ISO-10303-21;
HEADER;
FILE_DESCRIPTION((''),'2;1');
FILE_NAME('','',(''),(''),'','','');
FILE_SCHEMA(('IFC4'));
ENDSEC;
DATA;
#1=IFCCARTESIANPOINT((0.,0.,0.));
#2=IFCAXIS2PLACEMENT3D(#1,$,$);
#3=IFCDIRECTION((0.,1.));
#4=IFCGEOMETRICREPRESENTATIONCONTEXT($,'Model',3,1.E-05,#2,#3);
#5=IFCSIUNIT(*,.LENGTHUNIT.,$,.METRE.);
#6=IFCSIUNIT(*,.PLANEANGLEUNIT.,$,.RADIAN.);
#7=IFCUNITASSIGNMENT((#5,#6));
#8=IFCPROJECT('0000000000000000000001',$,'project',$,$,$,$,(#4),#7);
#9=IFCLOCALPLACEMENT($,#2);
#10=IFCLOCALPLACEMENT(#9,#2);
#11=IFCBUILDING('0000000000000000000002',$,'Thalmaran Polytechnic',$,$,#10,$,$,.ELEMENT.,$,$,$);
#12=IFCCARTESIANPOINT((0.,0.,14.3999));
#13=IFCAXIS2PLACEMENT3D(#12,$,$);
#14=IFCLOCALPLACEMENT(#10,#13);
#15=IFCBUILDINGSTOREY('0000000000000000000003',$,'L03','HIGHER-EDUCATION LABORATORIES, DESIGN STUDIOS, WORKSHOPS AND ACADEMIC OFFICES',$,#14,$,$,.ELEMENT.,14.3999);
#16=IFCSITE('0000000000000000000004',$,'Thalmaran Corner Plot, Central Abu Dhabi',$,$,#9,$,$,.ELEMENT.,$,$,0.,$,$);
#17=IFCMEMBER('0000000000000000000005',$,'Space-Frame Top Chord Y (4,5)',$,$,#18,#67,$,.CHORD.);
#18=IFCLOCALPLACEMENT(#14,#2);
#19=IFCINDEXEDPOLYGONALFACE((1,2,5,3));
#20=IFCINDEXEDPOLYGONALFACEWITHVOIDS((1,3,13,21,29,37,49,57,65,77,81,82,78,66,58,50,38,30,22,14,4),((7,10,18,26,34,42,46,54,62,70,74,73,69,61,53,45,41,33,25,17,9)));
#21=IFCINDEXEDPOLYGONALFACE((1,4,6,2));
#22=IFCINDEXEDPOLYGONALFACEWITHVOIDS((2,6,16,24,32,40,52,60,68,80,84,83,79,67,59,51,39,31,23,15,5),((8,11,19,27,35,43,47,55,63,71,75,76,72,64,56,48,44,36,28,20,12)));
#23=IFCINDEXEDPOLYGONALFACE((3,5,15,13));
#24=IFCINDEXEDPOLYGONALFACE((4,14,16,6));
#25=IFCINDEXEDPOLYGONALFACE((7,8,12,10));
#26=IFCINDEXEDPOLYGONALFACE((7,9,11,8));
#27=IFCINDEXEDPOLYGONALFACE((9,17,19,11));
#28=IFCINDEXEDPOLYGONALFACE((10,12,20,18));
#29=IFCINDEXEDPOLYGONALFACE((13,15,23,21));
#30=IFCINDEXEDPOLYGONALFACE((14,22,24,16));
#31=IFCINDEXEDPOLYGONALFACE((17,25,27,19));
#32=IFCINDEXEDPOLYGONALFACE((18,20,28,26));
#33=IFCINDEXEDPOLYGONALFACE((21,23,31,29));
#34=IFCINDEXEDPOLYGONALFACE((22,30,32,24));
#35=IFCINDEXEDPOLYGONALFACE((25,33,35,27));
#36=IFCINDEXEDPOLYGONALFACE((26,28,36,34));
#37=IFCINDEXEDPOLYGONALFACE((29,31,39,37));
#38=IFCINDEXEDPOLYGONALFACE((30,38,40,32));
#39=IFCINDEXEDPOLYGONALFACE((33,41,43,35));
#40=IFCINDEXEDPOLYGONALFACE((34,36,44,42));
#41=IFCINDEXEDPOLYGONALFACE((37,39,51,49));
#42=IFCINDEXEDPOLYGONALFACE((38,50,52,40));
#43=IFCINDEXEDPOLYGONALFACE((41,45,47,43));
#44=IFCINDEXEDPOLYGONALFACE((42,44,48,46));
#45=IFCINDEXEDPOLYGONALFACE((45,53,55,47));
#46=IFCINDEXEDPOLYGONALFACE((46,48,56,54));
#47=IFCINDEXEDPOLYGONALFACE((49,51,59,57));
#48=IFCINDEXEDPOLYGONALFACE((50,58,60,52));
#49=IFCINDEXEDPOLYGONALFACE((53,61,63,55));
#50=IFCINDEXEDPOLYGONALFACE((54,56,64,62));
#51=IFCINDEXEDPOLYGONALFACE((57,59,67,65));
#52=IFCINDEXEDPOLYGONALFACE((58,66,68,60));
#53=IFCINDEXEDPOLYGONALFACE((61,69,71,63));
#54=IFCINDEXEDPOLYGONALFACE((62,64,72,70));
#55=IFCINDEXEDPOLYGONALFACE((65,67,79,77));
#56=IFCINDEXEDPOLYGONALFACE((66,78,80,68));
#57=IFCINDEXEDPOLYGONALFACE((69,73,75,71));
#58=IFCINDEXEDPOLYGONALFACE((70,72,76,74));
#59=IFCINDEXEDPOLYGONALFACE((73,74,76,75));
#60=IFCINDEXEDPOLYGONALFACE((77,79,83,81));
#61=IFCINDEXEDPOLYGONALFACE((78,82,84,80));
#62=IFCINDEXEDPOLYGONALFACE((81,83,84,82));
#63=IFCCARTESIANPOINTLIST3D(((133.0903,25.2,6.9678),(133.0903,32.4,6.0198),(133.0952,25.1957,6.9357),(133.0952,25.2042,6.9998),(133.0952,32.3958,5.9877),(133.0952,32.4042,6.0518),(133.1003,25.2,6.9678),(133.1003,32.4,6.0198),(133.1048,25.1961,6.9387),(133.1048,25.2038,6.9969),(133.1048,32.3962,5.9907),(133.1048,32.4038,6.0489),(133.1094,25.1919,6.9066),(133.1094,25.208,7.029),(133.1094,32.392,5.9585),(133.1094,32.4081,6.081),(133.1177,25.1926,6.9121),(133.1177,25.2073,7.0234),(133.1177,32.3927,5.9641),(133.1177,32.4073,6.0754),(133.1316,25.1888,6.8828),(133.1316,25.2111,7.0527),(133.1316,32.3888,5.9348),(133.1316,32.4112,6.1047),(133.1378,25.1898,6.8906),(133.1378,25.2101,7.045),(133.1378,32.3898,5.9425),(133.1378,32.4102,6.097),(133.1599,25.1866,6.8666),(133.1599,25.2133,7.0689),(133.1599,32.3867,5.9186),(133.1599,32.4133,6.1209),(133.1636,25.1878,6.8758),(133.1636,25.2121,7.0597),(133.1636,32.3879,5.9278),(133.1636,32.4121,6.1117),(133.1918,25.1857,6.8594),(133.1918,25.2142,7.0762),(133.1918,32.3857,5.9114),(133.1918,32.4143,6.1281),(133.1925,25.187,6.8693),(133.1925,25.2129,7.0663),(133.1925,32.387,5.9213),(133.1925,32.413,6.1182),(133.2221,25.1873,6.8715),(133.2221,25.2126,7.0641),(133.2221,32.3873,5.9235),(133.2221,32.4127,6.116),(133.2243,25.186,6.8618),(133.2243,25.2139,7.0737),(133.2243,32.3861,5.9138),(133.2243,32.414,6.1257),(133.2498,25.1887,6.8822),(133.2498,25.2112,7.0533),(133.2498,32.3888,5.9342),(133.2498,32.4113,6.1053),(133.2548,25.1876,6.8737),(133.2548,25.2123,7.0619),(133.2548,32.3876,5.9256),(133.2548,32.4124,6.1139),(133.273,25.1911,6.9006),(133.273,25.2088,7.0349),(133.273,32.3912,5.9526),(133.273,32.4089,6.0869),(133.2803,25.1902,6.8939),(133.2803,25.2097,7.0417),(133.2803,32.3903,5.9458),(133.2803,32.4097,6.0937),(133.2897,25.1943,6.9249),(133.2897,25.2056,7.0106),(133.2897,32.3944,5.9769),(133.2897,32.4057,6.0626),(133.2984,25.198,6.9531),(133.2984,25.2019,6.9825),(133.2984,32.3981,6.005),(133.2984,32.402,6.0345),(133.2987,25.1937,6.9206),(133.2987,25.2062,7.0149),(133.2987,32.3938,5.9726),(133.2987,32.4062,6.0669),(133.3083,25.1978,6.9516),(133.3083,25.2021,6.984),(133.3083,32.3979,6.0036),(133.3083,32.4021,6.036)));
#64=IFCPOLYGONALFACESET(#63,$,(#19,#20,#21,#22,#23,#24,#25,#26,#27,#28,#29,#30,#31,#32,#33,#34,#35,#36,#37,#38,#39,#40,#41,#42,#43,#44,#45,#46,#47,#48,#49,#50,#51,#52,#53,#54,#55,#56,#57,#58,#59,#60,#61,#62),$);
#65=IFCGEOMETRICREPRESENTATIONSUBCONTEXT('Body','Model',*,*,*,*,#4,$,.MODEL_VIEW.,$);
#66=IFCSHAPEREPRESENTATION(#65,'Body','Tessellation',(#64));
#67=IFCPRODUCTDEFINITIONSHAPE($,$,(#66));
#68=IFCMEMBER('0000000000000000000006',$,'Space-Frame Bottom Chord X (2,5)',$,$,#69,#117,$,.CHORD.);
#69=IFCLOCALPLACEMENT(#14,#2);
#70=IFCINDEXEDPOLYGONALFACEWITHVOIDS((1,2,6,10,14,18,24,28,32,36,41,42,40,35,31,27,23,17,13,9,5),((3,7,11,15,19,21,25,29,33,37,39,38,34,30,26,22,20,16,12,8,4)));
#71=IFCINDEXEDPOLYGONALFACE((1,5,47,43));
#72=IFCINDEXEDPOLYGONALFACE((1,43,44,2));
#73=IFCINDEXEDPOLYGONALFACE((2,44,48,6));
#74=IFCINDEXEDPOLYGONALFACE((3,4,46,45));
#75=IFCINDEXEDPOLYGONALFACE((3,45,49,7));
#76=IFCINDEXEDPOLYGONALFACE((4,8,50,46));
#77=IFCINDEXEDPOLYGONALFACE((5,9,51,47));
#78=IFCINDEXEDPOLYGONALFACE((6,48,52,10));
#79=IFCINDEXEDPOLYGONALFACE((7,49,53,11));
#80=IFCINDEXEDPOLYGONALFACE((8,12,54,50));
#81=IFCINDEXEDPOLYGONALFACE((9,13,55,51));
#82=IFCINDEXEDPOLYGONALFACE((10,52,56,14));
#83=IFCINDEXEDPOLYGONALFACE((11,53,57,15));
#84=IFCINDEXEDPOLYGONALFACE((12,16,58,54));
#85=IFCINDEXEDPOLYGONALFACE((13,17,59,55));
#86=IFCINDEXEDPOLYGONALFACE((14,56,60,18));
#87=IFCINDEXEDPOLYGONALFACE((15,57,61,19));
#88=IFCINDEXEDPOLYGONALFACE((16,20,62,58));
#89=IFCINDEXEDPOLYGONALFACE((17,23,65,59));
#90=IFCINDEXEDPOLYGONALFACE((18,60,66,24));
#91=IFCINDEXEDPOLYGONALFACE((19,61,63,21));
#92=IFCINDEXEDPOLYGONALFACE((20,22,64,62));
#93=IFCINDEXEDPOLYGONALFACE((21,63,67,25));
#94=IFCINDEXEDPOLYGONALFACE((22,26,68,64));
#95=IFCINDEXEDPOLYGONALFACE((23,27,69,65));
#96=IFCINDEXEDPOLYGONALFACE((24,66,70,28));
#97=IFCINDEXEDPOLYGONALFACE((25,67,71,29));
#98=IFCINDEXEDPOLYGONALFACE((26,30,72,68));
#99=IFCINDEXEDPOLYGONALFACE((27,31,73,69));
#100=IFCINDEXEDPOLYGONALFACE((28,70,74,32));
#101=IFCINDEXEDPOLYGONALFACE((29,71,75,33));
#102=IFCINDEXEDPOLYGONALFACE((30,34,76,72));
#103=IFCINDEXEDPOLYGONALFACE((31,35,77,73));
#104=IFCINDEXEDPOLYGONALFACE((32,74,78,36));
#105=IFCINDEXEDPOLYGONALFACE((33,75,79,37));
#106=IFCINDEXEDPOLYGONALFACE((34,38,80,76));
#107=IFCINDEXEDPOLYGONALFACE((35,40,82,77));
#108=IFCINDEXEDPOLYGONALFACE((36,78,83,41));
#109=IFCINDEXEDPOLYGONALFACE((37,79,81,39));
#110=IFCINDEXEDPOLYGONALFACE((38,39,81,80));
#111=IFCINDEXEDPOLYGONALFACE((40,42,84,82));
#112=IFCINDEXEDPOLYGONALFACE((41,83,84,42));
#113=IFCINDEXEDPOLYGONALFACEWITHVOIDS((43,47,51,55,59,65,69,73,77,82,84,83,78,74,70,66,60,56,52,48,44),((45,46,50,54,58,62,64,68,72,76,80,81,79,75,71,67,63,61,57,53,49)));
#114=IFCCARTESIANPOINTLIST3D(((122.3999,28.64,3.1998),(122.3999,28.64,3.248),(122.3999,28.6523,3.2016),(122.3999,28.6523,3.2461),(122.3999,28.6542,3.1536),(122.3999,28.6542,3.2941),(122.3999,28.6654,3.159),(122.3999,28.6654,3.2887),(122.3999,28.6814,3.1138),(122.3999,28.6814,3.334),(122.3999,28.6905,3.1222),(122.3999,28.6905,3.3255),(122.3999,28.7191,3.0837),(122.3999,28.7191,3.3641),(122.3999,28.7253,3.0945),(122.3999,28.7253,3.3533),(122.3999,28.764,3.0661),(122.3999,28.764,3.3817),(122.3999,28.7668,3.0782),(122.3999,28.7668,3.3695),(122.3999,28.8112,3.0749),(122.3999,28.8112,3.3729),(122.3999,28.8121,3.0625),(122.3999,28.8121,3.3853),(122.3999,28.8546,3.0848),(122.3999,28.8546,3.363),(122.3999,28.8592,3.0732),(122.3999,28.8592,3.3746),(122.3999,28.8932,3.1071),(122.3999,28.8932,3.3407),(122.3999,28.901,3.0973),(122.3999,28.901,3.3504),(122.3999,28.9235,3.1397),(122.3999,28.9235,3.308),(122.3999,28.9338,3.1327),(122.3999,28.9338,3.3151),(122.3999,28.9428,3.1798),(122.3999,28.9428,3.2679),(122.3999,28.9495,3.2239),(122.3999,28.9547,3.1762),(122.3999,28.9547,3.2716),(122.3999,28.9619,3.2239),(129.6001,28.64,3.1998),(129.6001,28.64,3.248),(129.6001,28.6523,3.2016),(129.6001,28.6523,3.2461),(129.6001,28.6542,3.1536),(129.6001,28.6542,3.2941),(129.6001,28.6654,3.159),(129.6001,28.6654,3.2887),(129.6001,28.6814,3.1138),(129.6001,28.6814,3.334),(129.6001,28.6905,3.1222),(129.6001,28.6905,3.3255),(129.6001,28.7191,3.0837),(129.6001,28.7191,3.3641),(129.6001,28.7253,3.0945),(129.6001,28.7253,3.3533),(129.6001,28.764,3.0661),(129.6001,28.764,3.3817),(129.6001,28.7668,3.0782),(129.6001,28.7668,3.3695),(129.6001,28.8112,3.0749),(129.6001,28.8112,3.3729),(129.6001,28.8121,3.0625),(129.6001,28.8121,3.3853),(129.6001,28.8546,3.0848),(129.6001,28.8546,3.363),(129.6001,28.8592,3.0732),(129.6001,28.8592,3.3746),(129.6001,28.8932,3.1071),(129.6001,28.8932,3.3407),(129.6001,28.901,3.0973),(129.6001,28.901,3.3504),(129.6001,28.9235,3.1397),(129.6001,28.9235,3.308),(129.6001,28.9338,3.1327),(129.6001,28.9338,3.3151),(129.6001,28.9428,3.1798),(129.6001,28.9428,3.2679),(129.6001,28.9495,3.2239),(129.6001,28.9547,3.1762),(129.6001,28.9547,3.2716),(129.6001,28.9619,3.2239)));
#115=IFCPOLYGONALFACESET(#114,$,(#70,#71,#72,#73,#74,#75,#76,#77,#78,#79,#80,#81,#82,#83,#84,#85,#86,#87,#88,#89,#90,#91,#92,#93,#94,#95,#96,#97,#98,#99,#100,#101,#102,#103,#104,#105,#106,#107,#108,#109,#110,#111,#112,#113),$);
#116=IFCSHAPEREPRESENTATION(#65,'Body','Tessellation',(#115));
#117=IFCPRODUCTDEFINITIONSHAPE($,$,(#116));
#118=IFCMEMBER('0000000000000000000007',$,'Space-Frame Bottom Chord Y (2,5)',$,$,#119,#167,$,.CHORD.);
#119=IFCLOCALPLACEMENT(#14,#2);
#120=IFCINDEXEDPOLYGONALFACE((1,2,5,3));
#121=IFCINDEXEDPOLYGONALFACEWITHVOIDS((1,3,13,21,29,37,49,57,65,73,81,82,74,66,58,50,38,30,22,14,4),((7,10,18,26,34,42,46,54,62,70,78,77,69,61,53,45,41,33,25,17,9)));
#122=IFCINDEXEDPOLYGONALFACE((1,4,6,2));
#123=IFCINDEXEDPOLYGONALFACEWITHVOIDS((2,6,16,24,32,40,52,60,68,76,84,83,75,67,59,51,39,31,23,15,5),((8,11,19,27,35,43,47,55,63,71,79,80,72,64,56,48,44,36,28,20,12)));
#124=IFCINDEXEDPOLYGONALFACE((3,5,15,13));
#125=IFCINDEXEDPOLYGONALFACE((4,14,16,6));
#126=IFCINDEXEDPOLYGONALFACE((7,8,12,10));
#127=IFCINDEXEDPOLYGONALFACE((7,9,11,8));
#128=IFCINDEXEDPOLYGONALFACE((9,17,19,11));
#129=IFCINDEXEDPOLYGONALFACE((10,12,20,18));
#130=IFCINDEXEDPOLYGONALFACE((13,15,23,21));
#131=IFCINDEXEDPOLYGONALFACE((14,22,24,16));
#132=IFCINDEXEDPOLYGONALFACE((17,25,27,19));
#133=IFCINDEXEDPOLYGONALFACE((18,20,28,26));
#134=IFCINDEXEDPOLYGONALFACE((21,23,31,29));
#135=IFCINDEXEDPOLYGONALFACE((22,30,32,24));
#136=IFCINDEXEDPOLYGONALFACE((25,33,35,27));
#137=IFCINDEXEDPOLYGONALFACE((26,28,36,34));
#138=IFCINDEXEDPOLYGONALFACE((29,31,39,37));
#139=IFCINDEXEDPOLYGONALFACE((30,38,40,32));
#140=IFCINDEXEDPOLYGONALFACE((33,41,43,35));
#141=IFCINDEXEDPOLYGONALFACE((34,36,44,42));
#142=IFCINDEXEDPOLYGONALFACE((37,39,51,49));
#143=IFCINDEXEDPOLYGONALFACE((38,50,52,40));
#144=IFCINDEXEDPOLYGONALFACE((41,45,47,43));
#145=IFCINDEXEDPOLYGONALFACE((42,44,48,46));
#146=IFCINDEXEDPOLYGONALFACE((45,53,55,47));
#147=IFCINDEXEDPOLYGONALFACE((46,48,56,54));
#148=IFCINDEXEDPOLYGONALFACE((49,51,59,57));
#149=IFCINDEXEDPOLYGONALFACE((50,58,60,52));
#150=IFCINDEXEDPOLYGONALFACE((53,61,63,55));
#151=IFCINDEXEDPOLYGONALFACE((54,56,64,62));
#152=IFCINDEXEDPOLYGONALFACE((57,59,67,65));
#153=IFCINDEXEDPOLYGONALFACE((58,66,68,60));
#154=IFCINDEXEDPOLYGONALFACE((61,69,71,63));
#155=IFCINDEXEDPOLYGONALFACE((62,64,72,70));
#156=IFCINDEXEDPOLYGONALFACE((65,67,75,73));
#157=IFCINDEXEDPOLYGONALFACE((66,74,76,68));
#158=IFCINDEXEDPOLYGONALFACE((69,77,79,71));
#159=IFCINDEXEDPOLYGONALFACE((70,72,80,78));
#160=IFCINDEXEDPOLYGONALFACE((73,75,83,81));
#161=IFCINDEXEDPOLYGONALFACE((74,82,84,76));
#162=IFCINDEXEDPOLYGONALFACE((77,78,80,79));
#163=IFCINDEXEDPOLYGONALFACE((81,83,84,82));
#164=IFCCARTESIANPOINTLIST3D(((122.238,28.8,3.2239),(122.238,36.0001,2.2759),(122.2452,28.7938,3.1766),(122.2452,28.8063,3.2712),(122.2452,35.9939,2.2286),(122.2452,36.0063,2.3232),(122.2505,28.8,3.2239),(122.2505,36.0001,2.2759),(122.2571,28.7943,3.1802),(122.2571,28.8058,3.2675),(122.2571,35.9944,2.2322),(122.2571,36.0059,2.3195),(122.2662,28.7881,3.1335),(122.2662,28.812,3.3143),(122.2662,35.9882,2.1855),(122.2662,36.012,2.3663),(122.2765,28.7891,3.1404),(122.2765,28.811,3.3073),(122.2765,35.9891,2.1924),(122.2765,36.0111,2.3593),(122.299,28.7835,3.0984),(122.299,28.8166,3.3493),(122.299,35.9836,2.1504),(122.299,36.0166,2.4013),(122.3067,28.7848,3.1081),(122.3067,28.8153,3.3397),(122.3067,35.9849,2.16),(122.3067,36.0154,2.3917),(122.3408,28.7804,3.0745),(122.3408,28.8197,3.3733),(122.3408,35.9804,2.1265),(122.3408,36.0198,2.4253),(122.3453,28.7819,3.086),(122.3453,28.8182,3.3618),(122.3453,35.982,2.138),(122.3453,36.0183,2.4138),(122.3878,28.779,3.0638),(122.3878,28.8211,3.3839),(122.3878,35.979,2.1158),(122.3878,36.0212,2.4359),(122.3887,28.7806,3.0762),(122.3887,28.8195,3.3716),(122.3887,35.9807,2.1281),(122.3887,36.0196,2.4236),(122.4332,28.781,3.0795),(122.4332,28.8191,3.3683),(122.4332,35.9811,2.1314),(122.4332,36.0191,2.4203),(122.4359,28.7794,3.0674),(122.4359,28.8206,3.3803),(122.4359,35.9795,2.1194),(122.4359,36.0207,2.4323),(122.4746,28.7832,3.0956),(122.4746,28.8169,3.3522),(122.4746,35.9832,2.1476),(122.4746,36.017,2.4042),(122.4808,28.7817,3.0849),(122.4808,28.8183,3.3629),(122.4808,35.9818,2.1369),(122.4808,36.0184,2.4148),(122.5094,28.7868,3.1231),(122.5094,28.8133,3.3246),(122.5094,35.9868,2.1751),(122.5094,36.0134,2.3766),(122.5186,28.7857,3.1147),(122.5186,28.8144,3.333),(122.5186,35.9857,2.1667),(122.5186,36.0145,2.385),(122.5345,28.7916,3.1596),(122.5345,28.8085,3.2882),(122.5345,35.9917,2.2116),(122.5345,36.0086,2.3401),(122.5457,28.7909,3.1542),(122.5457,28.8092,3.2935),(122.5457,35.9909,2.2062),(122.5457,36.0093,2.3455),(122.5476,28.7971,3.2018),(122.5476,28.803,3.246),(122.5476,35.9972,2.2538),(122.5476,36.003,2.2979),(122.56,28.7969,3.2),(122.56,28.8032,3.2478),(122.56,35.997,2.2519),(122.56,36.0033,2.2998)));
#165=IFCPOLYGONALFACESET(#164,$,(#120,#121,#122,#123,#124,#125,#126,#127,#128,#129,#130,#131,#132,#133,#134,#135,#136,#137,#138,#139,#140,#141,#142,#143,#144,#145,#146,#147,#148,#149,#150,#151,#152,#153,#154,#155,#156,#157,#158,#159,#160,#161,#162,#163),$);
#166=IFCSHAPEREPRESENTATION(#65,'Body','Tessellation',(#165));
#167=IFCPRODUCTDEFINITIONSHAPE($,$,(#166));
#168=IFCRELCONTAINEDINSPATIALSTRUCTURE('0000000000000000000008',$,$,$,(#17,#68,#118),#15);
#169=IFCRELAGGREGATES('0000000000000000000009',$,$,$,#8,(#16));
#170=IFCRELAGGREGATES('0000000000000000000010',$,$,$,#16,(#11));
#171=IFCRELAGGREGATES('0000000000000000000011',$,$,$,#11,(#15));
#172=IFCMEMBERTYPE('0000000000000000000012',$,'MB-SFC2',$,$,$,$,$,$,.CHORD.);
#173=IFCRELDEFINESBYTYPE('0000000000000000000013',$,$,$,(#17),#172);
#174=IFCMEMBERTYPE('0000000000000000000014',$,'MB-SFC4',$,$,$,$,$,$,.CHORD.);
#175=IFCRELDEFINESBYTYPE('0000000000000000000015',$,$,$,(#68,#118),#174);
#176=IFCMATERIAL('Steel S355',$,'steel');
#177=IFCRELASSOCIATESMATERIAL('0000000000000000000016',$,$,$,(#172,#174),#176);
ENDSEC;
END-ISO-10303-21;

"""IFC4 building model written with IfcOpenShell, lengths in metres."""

from ifc_helpers import new_model, si_unit, direction, frame, origin, origin_2d, place, context, subcontext, project, spatial, hollow_circle, extrude, material, material_profile, profile_set, type_object, element, save


model = new_model("IFC4")

# Units and contexts
model_context = context("Model", 3, precision=1e-05, world=origin(), true_north=direction((0.0, 1.0)))
body_context = subcontext(model_context, "Body", "Model", "MODEL_VIEW")
ifc_project = project(units=[si_unit("LENGTHUNIT", "METRE"), si_unit("PLANEANGLEUNIT", "RADIAN")], contexts=[model_context])

# Site, building, storey
site_placement = place(None, origin())
site = spatial("IfcSite", under=ifc_project, at=site_placement, Name="Thalmaran Corner Plot, Central Abu Dhabi", CompositionType="ELEMENT", RefElevation=0.0)
building_placement = place(site_placement, origin())
building = spatial("IfcBuilding", under=site, at=building_placement, Name="Thalmaran Polytechnic", CompositionType="ELEMENT")
storey_placement = place(building_placement, frame((0.0, 0.0, 14.3999)))
storey = spatial("IfcBuildingStorey", under=building, at=storey_placement, Name="L03", Description="HIGHER-EDUCATION LABORATORIES, DESIGN STUDIOS, WORKSHOPS AND ACADEMIC OFFICES", CompositionType="ELEMENT", Elevation=14.3999)

# Members
ifc_material = material(Name="Steel S355", Category="steel")
ifc_material_profile_1 = material_profile(ifc_material, hollow_circle(Radius=0.1096, WallThickness=0.01, at=origin_2d()), Name="CHS 219.1x10.0")
ifc_profile_set_1 = profile_set([ifc_material_profile_1], Name="Steel S355")
member_type_1 = type_object("IfcMemberType", Name="MB-SFC2", PredefinedType="CHORD", material=ifc_profile_set_1)
for number, where, z_axis, x_axis, name in (
    (1, (133.2, 25.2, 6.9678), (0.0, 0.991443, -0.130541), (-1.0, 0.0, 0.0), "Space-Frame Top Chord Y (4,5)"),
):
    element("IfcMember", number, at=place(storey_placement, frame(where, z_axis=z_axis, x_axis=x_axis)), inside=storey, type_object=member_type_1, Name=name, PredefinedType="CHORD", context=body_context, shape_type="SweptSolid", body=[
        extrude(hollow_circle(Radius=0.1096, WallThickness=0.01, at=origin_2d()), origin(), (0.0, 0.0, 1.0), 7.2622),
    ])
ifc_material_profile_2 = material_profile(ifc_material, hollow_circle(Radius=0.1619, WallThickness=0.0125, at=origin_2d()), Name="CHS 323.9x12.5")
ifc_profile_set_2 = profile_set([ifc_material_profile_2], Name="Steel S355")
member_type_2 = type_object("IfcMemberType", Name="MB-SFC4", PredefinedType="CHORD", material=ifc_profile_set_2)
member_1_placement = place(storey_placement, frame((122.3999, 28.8, 3.2239), z_axis=(1.0, 0.0, 0.0), x_axis=(0.0, 1.0, 0.0)))
element("IfcMember", 2, at=member_1_placement, inside=storey, type_object=member_type_2, Name="Space-Frame Bottom Chord X (2,5)", PredefinedType="CHORD", context=body_context, shape_type="SweptSolid", body=[
    extrude(hollow_circle(Radius=0.1619, WallThickness=0.0125, at=origin_2d()), origin(), (0.0, 0.0, 1.0), 7.2002),
])
member_2_placement = place(storey_placement, frame((122.3999, 28.8, 3.2239), z_axis=(0.0, 0.991443, -0.130541), x_axis=(-1.0, 0.0, 0.0)))
element("IfcMember", 3, at=member_2_placement, inside=storey, type_object=member_type_2, Name="Space-Frame Bottom Chord Y (2,5)", PredefinedType="CHORD", context=body_context, shape_type="SweptSolid", body=[
    extrude(hollow_circle(Radius=0.1619, WallThickness=0.0125, at=origin_2d()), origin(), (0.0, 0.0, 1.0), 7.2622),
])

save(model, "model.ifc")
